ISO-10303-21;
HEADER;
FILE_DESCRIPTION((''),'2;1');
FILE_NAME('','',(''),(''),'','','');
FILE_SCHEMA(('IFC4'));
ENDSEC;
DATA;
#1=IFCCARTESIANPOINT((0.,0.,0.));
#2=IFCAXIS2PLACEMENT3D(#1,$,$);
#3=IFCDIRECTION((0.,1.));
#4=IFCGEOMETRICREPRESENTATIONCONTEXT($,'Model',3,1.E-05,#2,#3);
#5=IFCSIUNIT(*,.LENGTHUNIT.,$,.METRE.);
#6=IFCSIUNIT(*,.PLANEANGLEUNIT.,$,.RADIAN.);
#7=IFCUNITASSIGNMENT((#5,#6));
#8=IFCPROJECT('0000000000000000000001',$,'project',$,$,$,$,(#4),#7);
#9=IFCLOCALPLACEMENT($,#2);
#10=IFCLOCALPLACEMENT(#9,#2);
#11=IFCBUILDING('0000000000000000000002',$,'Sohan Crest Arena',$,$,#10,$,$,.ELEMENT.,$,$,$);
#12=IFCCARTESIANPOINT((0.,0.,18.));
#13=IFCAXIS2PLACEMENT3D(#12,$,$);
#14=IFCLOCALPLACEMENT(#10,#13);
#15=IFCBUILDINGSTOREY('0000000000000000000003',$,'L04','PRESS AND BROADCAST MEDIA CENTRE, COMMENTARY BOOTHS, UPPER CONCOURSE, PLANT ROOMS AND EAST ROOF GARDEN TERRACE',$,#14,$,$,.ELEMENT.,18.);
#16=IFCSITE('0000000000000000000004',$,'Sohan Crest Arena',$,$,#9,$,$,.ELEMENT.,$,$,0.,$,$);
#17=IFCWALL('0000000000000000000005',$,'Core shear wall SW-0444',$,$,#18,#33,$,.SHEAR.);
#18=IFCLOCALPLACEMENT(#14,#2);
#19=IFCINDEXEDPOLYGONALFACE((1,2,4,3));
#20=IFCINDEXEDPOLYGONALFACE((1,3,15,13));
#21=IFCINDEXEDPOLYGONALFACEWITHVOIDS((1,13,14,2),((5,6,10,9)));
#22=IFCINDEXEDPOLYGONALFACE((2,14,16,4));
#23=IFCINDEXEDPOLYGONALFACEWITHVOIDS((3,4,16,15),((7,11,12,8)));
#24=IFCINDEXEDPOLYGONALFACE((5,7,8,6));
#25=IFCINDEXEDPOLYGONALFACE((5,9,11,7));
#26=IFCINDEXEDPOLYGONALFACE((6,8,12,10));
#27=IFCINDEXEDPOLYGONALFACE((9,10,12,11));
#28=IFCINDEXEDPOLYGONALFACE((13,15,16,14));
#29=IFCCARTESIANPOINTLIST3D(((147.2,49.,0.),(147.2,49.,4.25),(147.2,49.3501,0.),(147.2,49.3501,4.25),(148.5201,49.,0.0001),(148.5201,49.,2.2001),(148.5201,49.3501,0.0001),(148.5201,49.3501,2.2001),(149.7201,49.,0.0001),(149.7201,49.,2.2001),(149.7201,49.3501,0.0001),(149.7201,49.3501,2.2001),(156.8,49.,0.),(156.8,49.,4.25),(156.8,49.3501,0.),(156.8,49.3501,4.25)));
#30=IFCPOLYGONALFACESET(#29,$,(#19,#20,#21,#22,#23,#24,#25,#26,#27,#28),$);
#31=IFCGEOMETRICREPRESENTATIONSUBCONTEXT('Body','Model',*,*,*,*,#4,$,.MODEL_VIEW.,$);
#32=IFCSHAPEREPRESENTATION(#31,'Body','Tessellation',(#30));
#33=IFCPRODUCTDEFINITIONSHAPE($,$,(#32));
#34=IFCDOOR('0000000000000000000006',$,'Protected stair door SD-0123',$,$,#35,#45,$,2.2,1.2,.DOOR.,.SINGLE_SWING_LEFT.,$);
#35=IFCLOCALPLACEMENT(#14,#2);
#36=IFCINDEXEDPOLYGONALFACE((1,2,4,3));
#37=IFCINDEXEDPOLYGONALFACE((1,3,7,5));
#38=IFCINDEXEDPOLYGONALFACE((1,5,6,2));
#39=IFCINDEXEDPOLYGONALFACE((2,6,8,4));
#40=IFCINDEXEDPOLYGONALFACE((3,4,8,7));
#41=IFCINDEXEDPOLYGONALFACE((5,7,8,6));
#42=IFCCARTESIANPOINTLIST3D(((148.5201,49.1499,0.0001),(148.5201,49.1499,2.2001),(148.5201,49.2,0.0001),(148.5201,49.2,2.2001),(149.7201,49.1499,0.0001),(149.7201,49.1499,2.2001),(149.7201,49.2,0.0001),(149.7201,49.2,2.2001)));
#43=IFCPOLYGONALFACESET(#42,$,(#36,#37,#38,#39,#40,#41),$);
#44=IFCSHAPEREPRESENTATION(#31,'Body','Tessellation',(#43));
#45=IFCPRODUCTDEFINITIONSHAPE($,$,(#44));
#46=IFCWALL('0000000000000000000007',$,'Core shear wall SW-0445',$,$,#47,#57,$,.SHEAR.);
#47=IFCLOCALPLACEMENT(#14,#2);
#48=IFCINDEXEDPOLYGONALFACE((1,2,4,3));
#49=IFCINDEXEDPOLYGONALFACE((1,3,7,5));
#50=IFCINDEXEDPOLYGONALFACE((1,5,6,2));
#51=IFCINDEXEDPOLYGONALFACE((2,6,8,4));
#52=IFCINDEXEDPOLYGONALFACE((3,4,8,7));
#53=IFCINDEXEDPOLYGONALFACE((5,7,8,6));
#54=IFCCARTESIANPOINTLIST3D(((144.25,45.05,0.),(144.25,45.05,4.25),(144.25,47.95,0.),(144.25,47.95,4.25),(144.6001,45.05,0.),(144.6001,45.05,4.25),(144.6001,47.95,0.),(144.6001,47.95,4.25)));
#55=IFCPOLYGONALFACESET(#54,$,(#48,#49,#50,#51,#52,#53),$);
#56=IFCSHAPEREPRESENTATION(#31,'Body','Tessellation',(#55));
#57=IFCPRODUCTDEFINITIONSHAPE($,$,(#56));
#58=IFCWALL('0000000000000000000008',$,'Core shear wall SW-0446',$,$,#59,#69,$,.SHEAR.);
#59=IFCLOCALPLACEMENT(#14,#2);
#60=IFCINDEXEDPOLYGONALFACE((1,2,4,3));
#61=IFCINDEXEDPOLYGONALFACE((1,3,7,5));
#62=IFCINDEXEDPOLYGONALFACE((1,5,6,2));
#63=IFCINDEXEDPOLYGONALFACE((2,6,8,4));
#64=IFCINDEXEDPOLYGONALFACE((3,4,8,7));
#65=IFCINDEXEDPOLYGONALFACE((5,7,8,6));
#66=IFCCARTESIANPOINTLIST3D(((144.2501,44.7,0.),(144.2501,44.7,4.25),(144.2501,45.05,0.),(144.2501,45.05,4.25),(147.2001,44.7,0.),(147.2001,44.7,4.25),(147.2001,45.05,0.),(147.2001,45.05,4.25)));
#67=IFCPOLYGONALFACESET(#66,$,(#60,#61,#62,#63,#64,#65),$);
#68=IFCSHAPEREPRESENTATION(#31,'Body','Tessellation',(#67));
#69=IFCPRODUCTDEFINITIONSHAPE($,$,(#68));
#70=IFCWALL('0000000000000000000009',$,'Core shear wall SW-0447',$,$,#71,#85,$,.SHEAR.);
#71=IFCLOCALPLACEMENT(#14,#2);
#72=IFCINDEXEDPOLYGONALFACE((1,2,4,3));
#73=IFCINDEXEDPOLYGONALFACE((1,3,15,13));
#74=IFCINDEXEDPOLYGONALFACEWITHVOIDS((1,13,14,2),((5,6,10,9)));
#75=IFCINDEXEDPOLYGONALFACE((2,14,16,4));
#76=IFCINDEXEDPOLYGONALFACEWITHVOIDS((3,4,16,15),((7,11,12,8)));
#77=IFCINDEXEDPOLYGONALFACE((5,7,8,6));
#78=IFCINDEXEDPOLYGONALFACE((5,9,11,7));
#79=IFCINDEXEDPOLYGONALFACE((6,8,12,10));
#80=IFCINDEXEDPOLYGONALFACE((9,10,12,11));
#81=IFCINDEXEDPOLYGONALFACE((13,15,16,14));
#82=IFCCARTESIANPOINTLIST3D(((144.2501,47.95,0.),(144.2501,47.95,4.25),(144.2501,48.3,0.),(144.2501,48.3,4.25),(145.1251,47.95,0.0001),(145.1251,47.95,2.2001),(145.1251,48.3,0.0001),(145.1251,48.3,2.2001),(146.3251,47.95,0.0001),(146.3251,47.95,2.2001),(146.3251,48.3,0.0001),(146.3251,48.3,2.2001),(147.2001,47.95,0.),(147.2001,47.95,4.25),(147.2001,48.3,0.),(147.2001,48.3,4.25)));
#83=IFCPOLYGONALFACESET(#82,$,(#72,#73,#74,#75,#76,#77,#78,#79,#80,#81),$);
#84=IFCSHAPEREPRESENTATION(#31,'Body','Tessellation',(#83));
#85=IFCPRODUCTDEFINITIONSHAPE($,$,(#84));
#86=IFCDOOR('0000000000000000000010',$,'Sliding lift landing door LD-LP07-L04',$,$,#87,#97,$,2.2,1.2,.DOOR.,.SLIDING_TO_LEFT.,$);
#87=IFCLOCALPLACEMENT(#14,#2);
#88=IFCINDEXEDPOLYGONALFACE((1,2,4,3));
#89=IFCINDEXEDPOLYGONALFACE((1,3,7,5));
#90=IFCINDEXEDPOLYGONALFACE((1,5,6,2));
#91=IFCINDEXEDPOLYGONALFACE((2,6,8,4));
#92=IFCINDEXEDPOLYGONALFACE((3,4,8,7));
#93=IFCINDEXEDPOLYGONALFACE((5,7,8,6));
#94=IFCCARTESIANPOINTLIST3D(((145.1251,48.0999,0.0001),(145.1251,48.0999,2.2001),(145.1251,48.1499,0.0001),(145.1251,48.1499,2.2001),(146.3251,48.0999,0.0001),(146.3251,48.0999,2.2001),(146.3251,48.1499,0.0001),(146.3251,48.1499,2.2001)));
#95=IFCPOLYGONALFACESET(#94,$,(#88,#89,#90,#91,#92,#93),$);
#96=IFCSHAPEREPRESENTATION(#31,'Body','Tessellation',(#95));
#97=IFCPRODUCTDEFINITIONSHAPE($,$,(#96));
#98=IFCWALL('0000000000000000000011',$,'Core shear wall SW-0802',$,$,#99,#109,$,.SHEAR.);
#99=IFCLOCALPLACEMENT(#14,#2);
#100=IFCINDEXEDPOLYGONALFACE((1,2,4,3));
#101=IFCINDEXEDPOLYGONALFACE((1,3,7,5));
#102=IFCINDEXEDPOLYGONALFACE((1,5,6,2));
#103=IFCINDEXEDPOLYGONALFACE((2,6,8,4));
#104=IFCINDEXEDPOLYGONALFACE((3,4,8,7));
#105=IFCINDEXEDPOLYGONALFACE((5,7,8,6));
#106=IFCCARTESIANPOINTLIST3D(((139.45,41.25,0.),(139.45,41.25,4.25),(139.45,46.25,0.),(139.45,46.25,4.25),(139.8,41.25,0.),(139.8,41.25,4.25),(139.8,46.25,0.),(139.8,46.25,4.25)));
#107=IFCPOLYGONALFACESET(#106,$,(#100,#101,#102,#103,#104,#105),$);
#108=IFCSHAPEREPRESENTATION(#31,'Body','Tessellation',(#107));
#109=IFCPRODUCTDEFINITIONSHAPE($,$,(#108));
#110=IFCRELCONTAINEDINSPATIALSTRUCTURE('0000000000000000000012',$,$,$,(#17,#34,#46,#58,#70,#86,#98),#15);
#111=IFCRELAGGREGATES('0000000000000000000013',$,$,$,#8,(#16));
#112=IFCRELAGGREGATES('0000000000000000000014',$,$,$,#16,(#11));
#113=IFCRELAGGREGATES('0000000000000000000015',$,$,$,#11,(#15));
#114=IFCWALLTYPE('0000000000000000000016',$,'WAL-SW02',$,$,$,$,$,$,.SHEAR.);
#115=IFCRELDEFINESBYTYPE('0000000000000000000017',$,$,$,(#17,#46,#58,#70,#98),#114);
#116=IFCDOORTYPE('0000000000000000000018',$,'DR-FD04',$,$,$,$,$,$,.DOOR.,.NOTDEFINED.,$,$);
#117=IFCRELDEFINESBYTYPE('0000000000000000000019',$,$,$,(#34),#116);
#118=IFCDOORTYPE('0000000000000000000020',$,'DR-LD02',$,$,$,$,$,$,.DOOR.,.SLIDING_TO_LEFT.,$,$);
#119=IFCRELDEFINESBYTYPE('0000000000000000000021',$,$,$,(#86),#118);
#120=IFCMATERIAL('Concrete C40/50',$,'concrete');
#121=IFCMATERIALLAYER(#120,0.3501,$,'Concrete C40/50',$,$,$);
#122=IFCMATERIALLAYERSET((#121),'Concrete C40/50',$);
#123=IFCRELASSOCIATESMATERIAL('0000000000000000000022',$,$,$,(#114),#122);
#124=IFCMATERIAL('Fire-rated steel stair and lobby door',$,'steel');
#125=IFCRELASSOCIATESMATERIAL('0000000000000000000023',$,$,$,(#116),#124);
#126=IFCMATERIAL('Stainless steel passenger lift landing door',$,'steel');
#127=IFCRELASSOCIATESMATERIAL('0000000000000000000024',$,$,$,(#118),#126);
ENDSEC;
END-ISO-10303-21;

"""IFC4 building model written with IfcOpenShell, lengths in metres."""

from ifc_helpers import new_model, si_unit, direction, frame, frame_2d, origin, place, context, subcontext, project, spatial, rectangle, extrude, material, layer, layer_set, type_object, element, fill, save


model = new_model("IFC4")

# Units and contexts
model_context = context("Model", 3, precision=1e-05, world=origin(), true_north=direction((0.0, 1.0)))
body_context = subcontext(model_context, "Body", "Model", "MODEL_VIEW")
ifc_project = project(units=[si_unit("LENGTHUNIT", "METRE"), si_unit("PLANEANGLEUNIT", "RADIAN")], contexts=[model_context])

# Site, building, storey
site_placement = place(None, origin())
site = spatial("IfcSite", under=ifc_project, at=site_placement, Name="Sohan Crest Arena", CompositionType="ELEMENT", RefElevation=0.0)
building_placement = place(site_placement, origin())
building = spatial("IfcBuilding", under=site, at=building_placement, Name="Sohan Crest Arena", CompositionType="ELEMENT")
storey_placement = place(building_placement, frame((0.0, 0.0, 18.0)))
storey = spatial("IfcBuildingStorey", under=building, at=storey_placement, Name="L04", Description="PRESS AND BROADCAST MEDIA CENTRE, COMMENTARY BOOTHS, UPPER CONCOURSE, PLANT ROOMS AND EAST ROOF GARDEN TERRACE", CompositionType="ELEMENT", Elevation=18.0)

# Shared definitions
ifc_material_1 = material(Name="Concrete C40/50", Category="concrete")

# Shared definitions
ifc_layer_1 = layer(ifc_material_1, 0.3501, Name="Concrete C40/50")
ifc_layer_set_1 = layer_set([ifc_layer_1], Name="Concrete C40/50")
wall_type_1 = type_object("IfcWallType", Name="WAL-SW02", PredefinedType="SHEAR", material=ifc_layer_set_1)

# Wall, opening, door
wall_1_placement = place(storey_placement, frame((147.2, 49.175, 0.0), z_axis=(0.0, 0.0, 1.0), x_axis=(1.0, 0.0, 0.0)))
wall_1 = element("IfcWall", 1, at=wall_1_placement, inside=storey, type_object=wall_type_1, Name="Core shear wall SW-0444", PredefinedType="SHEAR", context=body_context, shape_type="SweptSolid", body=[
    extrude(rectangle(XDim=9.6001, YDim=0.3501, at=frame_2d((4.8, 0.0))), origin(), (0.0, 0.0, 1.0), 4.25),
])
opening_1_placement = place(wall_1_placement, frame((1.3201, 0.0, 0.0)))
opening_1 = element("IfcOpeningElement", 2, at=opening_1_placement, cuts=wall_1, PredefinedType="OPENING", context=body_context, shape_type="SweptSolid", body=[
    extrude(rectangle(XDim=1.2, YDim=2.2, at=frame_2d((0.6001, 1.1001))), frame((0.0, 0.1851, 0.0), z_axis=(0.0, -1.0, 0.0), x_axis=(1.0, 0.0, 0.0)), (0.0, 0.0, 1.0), 0.3701),
])
ifc_material_2 = material(Name="Fire-rated steel stair and lobby door", Category="steel")
door_type_1 = type_object("IfcDoorType", Name="DR-FD04", OperationType="NOTDEFINED", PredefinedType="DOOR", material=ifc_material_2)
door_1_placement = place(opening_1_placement, origin())
door_1 = element("IfcDoor", 3, at=door_1_placement, inside=storey, type_object=door_type_1, Name="Protected stair door SD-0123", OperationType="SINGLE_SWING_LEFT", OverallHeight=2.2, OverallWidth=1.2, PredefinedType="DOOR", context=body_context, shape_type="SweptSolid", body=[
    extrude(rectangle(XDim=1.2, YDim=2.2, at=frame_2d((0.6001, 1.1001))), frame((0.0, 0.0249, 0.0), z_axis=(0.0, -1.0, 0.0), x_axis=(1.0, 0.0, 0.0)), (0.0, 0.0, 1.0), 0.05),
])
fill(opening_1, door_1)

# Walls
wall_2_placement = place(storey_placement, frame((144.425, 45.05, 0.0), z_axis=(0.0, 0.0, 1.0), x_axis=(0.0, 1.0, 0.0)))
element("IfcWall", 4, at=wall_2_placement, inside=storey, type_object=wall_type_1, Name="Core shear wall SW-0445", PredefinedType="SHEAR", context=body_context, shape_type="SweptSolid", body=[
    extrude(rectangle(XDim=2.8999, YDim=0.3501, at=frame_2d((1.45, 0.0))), origin(), (0.0, 0.0, 1.0), 4.25),
])
wall_3_placement = place(storey_placement, frame((144.25, 44.875, 0.0), z_axis=(0.0, 0.0, 1.0), x_axis=(1.0, 0.0, 0.0)))
element("IfcWall", 5, at=wall_3_placement, inside=storey, type_object=wall_type_1, Name="Core shear wall SW-0446", PredefinedType="SHEAR", context=body_context, shape_type="SweptSolid", body=[
    extrude(rectangle(XDim=2.95, YDim=0.3501, at=frame_2d((1.4751, 0.0))), origin(), (0.0, 0.0, 1.0), 4.25),
])

# Wall, opening, door
wall_4_placement = place(storey_placement, frame((144.25, 48.125, 0.0), z_axis=(0.0, 0.0, 1.0), x_axis=(1.0, 0.0, 0.0)))
wall_4 = element("IfcWall", 6, at=wall_4_placement, inside=storey, type_object=wall_type_1, Name="Core shear wall SW-0447", PredefinedType="SHEAR", context=body_context, shape_type="SweptSolid", body=[
    extrude(rectangle(XDim=2.95, YDim=0.3501, at=frame_2d((1.4751, 0.0))), origin(), (0.0, 0.0, 1.0), 4.25),
])
opening_2_placement = place(wall_4_placement, frame((0.875, 0.0, 0.0)))
opening_2 = element("IfcOpeningElement", 7, at=opening_2_placement, cuts=wall_4, PredefinedType="OPENING", context=body_context, shape_type="SweptSolid", body=[
    extrude(rectangle(XDim=1.2, YDim=2.2, at=frame_2d((0.6001, 1.1001))), frame((0.0, 0.1851, 0.0), z_axis=(0.0, -1.0, 0.0), x_axis=(1.0, 0.0, 0.0)), (0.0, 0.0, 1.0), 0.3701),
])
ifc_material_3 = material(Name="Stainless steel passenger lift landing door", Category="steel")
door_type_2 = type_object("IfcDoorType", Name="DR-LD02", OperationType="SLIDING_TO_LEFT", PredefinedType="DOOR", material=ifc_material_3)
door_2_placement = place(opening_2_placement, origin())
door_2 = element("IfcDoor", 8, at=door_2_placement, inside=storey, type_object=door_type_2, Name="Sliding lift landing door LD-LP07-L04", OperationType="SLIDING_TO_LEFT", OverallHeight=2.2, OverallWidth=1.2, PredefinedType="DOOR", context=body_context, shape_type="SweptSolid", body=[
    extrude(rectangle(XDim=1.2, YDim=2.2, at=frame_2d((0.6001, 1.1001))), frame((0.0, 0.0249, 0.0), z_axis=(0.0, -1.0, 0.0), x_axis=(1.0, 0.0, 0.0)), (0.0, 0.0, 1.0), 0.05),
])
fill(opening_2, door_2)

# Wall
wall_5_placement = place(storey_placement, frame((139.625, 41.25, 0.0), z_axis=(0.0, 0.0, 1.0), x_axis=(0.0, 1.0, 0.0)))
element("IfcWall", 9, at=wall_5_placement, inside=storey, type_object=wall_type_1, Name="Core shear wall SW-0802", PredefinedType="SHEAR", context=body_context, shape_type="SweptSolid", body=[
    extrude(rectangle(XDim=5.0, YDim=0.3501, at=frame_2d((2.5, 0.0))), origin(), (0.0, 0.0, 1.0), 4.25),
])

save(model, "model.ifc")
